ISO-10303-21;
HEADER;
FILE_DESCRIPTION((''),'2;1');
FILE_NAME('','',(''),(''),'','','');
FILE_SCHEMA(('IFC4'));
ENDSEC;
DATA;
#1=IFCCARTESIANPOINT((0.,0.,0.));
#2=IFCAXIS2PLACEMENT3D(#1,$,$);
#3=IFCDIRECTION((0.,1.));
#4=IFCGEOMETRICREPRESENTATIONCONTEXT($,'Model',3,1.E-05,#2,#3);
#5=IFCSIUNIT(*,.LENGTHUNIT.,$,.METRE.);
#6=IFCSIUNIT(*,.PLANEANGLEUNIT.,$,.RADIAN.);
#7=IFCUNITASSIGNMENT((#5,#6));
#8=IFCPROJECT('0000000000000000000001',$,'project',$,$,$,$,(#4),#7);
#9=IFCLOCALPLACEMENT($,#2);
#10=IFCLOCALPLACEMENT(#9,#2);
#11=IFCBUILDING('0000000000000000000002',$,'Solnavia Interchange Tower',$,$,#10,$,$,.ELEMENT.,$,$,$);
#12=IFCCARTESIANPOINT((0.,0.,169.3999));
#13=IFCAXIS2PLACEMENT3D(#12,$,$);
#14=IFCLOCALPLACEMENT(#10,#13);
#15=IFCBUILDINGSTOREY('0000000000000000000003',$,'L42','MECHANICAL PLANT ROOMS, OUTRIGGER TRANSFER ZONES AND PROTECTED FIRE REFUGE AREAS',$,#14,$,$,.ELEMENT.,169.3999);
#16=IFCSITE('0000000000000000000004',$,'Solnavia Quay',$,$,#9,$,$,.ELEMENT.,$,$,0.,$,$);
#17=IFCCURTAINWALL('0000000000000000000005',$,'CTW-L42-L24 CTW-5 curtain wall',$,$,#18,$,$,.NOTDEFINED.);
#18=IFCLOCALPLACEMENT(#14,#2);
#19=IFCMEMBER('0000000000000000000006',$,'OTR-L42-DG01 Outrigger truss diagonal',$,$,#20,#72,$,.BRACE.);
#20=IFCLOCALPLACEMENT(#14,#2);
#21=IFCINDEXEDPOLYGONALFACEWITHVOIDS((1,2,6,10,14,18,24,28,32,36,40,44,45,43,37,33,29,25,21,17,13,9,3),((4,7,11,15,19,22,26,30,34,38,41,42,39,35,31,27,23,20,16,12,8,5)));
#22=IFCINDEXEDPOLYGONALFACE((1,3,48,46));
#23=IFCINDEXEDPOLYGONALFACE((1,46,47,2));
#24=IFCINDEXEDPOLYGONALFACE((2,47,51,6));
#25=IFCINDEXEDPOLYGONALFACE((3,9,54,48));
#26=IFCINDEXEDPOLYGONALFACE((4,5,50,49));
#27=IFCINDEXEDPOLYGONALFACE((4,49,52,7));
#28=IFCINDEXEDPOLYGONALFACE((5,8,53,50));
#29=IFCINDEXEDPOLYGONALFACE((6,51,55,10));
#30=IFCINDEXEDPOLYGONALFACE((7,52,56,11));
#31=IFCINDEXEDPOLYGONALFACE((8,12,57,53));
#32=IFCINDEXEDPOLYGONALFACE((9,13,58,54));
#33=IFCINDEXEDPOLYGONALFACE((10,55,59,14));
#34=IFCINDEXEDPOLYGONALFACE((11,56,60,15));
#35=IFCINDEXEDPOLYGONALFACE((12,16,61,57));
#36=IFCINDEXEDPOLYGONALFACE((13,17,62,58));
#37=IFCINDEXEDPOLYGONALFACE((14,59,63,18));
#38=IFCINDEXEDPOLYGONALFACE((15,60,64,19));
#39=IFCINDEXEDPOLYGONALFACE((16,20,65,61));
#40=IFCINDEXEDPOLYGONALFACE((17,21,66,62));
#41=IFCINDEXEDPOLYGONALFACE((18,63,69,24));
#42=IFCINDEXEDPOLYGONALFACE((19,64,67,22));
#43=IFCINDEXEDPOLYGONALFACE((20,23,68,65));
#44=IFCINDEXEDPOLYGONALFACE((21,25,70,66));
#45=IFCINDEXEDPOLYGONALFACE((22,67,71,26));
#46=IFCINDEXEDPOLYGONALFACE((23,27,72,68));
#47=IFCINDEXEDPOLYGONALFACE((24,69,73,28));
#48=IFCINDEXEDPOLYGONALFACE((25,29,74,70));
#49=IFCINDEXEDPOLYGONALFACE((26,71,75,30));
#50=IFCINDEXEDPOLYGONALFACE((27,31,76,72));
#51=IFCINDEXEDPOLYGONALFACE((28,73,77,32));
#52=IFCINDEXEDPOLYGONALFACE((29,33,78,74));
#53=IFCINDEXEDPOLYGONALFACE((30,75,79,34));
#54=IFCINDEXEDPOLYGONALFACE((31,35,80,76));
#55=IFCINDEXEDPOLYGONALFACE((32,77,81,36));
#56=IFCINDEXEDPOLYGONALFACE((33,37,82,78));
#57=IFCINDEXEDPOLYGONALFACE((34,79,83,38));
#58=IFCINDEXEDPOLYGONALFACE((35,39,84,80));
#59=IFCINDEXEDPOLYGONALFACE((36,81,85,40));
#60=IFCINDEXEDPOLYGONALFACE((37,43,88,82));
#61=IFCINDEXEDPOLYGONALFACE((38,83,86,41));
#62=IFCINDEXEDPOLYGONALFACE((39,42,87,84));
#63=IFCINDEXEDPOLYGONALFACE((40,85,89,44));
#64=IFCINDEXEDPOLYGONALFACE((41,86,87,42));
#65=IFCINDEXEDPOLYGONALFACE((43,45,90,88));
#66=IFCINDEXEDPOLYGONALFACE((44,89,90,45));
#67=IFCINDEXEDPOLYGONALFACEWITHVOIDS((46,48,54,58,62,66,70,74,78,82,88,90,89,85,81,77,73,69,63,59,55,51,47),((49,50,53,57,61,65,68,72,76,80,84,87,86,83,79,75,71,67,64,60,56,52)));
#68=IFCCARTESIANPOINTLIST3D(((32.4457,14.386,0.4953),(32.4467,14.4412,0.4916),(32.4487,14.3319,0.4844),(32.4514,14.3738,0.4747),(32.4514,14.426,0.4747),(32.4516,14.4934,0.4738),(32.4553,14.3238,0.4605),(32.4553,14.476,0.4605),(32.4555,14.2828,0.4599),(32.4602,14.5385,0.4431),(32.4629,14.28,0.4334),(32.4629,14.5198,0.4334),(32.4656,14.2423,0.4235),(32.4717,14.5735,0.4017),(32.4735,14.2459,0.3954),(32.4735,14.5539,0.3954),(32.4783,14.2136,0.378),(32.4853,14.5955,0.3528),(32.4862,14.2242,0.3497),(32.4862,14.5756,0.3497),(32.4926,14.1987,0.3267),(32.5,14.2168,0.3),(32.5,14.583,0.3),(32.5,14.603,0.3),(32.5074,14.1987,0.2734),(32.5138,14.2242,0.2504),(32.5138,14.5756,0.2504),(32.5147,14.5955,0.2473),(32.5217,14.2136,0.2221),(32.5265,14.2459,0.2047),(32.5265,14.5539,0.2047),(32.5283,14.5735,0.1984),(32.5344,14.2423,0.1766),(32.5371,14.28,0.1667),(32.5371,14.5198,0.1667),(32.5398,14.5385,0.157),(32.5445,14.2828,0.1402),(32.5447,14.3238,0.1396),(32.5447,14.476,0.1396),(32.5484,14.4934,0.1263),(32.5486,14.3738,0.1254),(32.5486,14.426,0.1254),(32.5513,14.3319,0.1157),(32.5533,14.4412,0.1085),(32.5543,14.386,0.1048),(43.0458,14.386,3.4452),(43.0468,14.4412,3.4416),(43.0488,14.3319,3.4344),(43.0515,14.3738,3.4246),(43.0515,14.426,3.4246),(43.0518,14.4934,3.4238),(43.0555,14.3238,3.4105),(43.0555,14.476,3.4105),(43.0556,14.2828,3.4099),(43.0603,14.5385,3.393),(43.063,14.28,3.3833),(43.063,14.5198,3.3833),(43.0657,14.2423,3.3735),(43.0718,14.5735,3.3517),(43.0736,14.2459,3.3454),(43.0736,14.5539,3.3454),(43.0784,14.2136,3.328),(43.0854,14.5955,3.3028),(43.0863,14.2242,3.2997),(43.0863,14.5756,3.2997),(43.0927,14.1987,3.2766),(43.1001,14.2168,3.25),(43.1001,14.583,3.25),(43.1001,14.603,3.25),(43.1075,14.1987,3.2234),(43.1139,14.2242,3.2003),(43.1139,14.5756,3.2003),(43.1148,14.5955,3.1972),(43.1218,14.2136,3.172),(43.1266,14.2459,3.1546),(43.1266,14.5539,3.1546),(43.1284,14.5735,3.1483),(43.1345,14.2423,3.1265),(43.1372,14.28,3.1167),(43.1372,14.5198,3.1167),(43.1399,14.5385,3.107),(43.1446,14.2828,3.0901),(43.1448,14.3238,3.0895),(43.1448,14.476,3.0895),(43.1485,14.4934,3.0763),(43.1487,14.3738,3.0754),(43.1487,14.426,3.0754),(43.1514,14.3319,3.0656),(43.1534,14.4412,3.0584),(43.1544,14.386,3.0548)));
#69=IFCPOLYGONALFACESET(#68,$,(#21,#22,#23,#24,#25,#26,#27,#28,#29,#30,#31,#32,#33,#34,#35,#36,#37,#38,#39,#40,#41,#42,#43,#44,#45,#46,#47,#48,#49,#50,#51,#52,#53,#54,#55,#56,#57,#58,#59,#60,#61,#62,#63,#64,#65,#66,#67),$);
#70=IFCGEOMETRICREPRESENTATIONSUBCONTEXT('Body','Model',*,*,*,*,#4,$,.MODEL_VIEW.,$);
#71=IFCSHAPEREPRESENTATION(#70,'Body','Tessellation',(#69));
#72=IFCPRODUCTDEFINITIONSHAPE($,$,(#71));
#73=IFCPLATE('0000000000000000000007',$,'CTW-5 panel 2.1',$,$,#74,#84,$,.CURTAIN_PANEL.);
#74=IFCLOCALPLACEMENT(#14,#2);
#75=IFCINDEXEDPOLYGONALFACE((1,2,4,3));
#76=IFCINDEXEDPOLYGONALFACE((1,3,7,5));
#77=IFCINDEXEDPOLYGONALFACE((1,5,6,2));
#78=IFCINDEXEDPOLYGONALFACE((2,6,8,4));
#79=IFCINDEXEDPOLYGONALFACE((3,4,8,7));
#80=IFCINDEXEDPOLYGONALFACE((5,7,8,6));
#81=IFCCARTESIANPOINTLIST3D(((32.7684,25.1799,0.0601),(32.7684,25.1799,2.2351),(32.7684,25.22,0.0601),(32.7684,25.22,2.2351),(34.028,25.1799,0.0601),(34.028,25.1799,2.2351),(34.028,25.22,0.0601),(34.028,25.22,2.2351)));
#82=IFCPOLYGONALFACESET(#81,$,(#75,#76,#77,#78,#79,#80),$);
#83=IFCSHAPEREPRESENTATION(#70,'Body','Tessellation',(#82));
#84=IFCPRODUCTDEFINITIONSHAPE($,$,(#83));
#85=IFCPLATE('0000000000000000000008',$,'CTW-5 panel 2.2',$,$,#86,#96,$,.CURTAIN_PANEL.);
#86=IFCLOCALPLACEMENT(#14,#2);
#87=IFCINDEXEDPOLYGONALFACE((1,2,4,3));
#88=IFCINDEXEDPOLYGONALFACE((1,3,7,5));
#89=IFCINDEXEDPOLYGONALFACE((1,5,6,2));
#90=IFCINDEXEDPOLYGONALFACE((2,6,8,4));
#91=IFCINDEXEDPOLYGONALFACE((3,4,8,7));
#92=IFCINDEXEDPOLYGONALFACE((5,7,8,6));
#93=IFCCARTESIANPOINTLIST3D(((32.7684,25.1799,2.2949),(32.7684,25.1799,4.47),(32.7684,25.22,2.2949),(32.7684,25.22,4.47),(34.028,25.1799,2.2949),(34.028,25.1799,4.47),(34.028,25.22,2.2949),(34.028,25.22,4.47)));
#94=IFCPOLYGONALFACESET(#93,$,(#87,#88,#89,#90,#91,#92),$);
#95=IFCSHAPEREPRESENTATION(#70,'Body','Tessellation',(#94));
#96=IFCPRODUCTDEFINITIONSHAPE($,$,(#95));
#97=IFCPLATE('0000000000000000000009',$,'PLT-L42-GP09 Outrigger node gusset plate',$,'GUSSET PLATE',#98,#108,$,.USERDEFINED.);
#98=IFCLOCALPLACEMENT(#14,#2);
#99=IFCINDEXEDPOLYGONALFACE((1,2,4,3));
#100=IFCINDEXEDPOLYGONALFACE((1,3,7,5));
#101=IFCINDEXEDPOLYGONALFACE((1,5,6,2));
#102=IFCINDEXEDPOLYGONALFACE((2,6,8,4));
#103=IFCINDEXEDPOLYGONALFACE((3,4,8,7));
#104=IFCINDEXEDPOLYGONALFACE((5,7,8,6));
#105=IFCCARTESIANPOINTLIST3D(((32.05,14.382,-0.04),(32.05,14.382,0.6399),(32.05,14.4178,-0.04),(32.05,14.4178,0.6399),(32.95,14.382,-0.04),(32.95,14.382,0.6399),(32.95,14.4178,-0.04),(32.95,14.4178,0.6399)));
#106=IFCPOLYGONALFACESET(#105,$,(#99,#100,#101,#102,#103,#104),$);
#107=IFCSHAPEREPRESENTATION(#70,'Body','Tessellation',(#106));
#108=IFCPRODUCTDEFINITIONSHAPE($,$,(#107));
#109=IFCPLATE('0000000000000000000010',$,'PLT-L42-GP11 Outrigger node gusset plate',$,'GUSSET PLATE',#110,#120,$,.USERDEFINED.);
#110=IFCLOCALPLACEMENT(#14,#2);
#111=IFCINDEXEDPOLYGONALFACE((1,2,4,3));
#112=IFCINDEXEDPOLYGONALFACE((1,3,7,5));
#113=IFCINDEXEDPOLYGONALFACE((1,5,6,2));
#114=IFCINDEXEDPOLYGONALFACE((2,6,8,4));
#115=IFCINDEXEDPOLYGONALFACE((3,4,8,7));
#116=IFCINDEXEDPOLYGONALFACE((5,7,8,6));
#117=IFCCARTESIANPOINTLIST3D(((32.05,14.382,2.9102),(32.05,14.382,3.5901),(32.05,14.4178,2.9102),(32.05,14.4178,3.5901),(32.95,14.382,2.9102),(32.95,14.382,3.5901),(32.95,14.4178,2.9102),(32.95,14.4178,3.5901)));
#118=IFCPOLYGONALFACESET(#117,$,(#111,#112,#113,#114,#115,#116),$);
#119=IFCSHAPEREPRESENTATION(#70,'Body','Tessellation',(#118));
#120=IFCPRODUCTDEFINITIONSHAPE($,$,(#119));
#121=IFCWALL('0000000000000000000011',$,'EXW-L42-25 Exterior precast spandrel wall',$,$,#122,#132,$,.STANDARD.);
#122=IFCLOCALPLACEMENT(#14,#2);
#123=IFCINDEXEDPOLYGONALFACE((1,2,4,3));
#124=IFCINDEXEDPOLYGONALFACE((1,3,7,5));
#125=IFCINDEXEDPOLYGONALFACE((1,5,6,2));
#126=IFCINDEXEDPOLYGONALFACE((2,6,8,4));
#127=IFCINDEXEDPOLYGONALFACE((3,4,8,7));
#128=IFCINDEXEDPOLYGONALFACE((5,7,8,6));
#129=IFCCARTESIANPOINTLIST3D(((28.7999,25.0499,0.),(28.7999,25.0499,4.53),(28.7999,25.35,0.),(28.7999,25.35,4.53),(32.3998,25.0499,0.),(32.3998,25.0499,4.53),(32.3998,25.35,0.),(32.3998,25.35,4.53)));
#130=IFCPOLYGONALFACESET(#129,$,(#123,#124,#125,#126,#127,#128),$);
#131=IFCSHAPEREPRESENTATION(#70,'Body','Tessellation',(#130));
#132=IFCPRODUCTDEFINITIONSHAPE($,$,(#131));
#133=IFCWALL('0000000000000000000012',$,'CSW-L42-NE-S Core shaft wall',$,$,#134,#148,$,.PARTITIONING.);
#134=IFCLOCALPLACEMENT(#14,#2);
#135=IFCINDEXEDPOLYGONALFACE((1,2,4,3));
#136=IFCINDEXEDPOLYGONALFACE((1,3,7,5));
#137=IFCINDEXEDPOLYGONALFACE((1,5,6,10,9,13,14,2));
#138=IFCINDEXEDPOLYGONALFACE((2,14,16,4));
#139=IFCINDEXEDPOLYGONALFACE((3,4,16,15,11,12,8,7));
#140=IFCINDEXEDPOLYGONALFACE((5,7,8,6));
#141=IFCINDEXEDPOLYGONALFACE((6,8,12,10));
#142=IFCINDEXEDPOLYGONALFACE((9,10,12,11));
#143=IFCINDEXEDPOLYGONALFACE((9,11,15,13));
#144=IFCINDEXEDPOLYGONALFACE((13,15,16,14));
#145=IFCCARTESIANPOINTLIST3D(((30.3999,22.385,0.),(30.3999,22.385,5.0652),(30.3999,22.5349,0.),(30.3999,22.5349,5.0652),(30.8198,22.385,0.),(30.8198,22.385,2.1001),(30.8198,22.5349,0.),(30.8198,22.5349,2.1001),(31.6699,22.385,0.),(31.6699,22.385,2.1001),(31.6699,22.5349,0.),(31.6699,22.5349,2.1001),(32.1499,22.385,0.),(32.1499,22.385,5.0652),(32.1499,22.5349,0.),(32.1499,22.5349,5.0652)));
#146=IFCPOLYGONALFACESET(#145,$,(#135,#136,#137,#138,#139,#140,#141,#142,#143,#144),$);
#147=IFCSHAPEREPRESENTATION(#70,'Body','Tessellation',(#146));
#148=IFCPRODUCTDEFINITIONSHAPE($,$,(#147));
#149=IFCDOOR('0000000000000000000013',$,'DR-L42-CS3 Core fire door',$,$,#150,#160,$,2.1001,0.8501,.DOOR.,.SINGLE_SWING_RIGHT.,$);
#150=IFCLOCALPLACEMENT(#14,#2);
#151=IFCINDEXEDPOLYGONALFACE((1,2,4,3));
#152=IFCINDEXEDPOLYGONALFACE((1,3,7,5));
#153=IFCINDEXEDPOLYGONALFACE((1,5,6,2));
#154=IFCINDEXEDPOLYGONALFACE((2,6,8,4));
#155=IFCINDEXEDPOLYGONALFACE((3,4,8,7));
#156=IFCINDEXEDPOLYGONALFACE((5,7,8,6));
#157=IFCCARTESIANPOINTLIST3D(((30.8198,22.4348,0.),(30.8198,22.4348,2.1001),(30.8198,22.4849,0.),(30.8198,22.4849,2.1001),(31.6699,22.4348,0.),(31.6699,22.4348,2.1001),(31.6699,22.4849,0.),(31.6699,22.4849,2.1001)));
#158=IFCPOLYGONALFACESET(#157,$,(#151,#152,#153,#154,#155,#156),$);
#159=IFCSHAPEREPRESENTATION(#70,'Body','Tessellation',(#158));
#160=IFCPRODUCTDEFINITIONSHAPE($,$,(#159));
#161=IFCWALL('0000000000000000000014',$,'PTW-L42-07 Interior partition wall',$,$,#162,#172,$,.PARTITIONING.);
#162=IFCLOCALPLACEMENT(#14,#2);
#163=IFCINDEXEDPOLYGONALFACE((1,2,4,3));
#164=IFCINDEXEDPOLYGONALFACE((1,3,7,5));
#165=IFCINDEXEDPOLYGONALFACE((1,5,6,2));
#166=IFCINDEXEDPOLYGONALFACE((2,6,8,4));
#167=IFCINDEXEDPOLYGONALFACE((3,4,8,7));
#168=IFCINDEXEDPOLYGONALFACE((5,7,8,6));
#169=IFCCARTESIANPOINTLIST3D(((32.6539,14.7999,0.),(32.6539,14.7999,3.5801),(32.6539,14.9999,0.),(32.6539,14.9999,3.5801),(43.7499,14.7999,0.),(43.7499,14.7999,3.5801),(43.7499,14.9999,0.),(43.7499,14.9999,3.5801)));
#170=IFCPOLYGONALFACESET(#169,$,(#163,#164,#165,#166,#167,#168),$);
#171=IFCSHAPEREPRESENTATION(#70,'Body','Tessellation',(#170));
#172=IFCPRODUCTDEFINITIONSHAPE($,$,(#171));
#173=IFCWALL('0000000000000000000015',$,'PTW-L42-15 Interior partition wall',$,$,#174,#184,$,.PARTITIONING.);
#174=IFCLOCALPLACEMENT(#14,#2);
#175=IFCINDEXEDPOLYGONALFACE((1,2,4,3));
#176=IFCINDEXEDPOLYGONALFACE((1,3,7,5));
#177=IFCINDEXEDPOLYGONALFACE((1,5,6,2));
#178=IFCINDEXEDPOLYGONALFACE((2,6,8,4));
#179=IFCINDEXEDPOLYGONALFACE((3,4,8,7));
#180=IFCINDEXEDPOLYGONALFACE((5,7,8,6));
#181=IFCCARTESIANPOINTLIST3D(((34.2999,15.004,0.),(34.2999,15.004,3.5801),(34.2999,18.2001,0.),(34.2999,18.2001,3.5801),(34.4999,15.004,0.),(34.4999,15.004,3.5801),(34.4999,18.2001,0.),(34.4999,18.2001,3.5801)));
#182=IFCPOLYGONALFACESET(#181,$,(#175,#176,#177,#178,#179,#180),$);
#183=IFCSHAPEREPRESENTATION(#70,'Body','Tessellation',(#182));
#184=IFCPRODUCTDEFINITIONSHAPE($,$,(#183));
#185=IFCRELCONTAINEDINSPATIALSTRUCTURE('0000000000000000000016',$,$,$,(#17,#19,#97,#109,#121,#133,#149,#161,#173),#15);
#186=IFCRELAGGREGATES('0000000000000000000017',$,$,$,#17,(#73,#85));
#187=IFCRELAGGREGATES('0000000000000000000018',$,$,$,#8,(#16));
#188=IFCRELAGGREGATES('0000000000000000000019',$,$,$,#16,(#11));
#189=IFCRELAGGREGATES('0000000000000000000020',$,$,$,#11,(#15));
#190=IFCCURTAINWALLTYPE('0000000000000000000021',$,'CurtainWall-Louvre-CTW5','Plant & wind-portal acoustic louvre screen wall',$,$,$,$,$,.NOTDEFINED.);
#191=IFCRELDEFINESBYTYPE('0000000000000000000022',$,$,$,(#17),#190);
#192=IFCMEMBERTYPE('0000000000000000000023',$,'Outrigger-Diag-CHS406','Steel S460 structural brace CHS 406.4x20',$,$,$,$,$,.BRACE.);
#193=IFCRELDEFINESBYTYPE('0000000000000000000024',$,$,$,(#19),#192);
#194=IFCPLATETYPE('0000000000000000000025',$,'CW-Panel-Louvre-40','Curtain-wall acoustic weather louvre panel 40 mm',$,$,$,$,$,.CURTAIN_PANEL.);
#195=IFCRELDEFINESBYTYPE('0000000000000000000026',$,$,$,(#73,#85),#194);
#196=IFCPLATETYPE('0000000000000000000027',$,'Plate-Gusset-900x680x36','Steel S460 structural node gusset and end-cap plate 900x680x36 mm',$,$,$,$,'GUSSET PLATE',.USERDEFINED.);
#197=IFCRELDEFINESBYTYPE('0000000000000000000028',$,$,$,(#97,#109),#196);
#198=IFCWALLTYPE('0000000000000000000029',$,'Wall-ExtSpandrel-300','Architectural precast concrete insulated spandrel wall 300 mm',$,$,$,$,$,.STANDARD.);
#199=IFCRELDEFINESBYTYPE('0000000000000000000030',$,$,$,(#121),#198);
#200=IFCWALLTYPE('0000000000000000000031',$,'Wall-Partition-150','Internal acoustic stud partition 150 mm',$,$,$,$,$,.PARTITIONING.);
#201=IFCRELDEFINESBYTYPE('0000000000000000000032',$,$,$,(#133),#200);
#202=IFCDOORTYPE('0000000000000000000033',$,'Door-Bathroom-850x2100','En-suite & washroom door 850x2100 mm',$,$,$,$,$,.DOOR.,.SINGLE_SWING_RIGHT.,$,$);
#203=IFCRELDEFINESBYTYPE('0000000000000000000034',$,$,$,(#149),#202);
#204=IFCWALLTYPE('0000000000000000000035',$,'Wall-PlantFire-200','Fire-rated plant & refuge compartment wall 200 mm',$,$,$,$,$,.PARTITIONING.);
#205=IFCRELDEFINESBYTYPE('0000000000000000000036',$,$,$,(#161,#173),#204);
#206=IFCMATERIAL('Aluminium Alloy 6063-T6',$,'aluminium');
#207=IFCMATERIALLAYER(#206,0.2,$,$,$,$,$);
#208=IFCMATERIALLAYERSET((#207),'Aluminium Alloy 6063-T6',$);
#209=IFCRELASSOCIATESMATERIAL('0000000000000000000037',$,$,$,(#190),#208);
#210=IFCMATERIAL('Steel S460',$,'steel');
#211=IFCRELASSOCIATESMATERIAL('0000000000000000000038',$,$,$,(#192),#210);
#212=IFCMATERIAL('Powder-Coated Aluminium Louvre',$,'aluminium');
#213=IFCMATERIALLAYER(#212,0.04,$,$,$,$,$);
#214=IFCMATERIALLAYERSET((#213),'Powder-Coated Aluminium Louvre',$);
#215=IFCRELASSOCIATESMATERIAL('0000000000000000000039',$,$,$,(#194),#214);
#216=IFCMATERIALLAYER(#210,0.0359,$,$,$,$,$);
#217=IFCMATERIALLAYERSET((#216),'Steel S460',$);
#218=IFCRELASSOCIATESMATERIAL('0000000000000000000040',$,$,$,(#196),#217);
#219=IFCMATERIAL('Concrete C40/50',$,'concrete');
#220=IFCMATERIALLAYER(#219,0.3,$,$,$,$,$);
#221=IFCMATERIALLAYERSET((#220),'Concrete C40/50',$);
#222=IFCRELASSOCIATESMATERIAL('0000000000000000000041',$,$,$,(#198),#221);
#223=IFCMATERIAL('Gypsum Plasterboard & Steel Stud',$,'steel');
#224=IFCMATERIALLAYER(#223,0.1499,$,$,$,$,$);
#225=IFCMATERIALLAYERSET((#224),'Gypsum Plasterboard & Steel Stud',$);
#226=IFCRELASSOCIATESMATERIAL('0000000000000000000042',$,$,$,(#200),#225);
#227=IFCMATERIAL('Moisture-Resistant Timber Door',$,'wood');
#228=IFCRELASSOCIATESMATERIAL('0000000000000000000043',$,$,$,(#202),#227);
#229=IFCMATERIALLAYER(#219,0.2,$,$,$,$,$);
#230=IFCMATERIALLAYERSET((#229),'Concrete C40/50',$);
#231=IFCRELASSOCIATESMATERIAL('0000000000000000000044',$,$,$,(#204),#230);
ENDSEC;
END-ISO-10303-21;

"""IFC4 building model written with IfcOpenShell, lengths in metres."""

from ifc_helpers import new_model, si_unit, direction, frame, frame_2d, origin, origin_2d, place, context, subcontext, project, spatial, rectangle, hollow_circle, extrude, material, layer, layer_set, material_profile, profile_set, type_object, element, fill, aggregate, save


model = new_model("IFC4")

# Units and contexts
model_context = context("Model", 3, precision=1e-05, world=origin(), true_north=direction((0.0, 1.0)))
body_context = subcontext(model_context, "Body", "Model", "MODEL_VIEW")
ifc_project = project(units=[si_unit("LENGTHUNIT", "METRE"), si_unit("PLANEANGLEUNIT", "RADIAN")], contexts=[model_context])

# Site, building, storey
site_placement = place(None, origin())
site = spatial("IfcSite", under=ifc_project, at=site_placement, Name="Solnavia Quay", CompositionType="ELEMENT", RefElevation=0.0)
building_placement = place(site_placement, origin())
building = spatial("IfcBuilding", under=site, at=building_placement, Name="Solnavia Interchange Tower", CompositionType="ELEMENT")
storey_placement = place(building_placement, frame((0.0, 0.0, 169.3999)))
storey = spatial("IfcBuildingStorey", under=building, at=storey_placement, Name="L42", Description="MECHANICAL PLANT ROOMS, OUTRIGGER TRANSFER ZONES AND PROTECTED FIRE REFUGE AREAS", CompositionType="ELEMENT", Elevation=169.3999)

# Curtain wall
ifc_material_1 = material(Name="Aluminium Alloy 6063-T6", Category="aluminium")
ifc_layer_1 = layer(ifc_material_1, 0.2)
ifc_layer_set_1 = layer_set([ifc_layer_1], Name="Aluminium Alloy 6063-T6")
curtain_wall_type = type_object("IfcCurtainWallType", Name="CurtainWall-Louvre-CTW5", Description="Plant & wind-portal acoustic louvre screen wall", PredefinedType="NOTDEFINED", material=ifc_layer_set_1)
curtain_wall_placement = place(storey_placement, origin())
curtain_wall = element("IfcCurtainWall", 1, at=curtain_wall_placement, inside=storey, type_object=curtain_wall_type, Name="CTW-L42-L24 CTW-5 curtain wall", PredefinedType="NOTDEFINED")

# Member
ifc_material_2 = material(Name="Steel S460", Category="steel")
ifc_material_profile_1 = material_profile(ifc_material_2, hollow_circle(Radius=0.2031, WallThickness=0.02, at=origin_2d()), Name="CHS 406.4x20")
ifc_profile_set_1 = profile_set([ifc_material_profile_1], Name="Steel S460")
member_type_1 = type_object("IfcMemberType", Name="Outrigger-Diag-CHS406", Description="Steel S460 structural brace CHS 406.4x20", PredefinedType="BRACE", material=ifc_profile_set_1)
member_1_placement = place(storey_placement, frame((32.5, 14.3999, 0.3), z_axis=(0.963389, 0.0, 0.268106), x_axis=(0.0, 1.0, 0.0)))
element("IfcMember", 2, at=member_1_placement, inside=storey, type_object=member_type_1, Name="OTR-L42-DG01 Outrigger truss diagonal", PredefinedType="BRACE", context=body_context, shape_type="SweptSolid", body=[
    extrude(hollow_circle(Radius=0.2031, WallThickness=0.02, at=origin_2d()), origin(), (0.0, 0.0, 1.0), 11.0029),
])

# Plates
ifc_material_3 = material(Name="Powder-Coated Aluminium Louvre", Category="aluminium")
ifc_layer_2 = layer(ifc_material_3, 0.04)
ifc_layer_set_2 = layer_set([ifc_layer_2], Name="Powder-Coated Aluminium Louvre")
plate_type_1 = type_object("IfcPlateType", Name="CW-Panel-Louvre-40", Description="Curtain-wall acoustic weather louvre panel 40 mm", PredefinedType="CURTAIN_PANEL", material=ifc_layer_set_2)
plate_1_placement = place(storey_placement, frame((33.3982, 25.2, 0.0601), z_axis=(0.0, 0.0, 1.0), x_axis=(-1.0, 0.0, 0.0)))
plate_1 = element("IfcPlate", 3, at=plate_1_placement, type_object=plate_type_1, Name="CTW-5 panel 2.1", PredefinedType="CURTAIN_PANEL", context=body_context, shape_type="SweptSolid", body=[
    extrude(rectangle(XDim=1.2595, YDim=0.04, at=origin_2d()), origin(), (0.0, 0.0, 1.0), 2.175),
])
plate_2_placement = place(storey_placement, frame((33.3982, 25.2, 2.2949), z_axis=(0.0, 0.0, 1.0), x_axis=(-1.0, 0.0, 0.0)))
plate_2 = element("IfcPlate", 4, at=plate_2_placement, type_object=plate_type_1, Name="CTW-5 panel 2.2", PredefinedType="CURTAIN_PANEL", context=body_context, shape_type="SweptSolid", body=[
    extrude(rectangle(XDim=1.2595, YDim=0.04, at=origin_2d()), origin(), (0.0, 0.0, 1.0), 2.175),
])
aggregate(curtain_wall, [plate_1, plate_2])

# Plates
ifc_layer_3 = layer(ifc_material_2, 0.0359)
ifc_layer_set_3 = layer_set([ifc_layer_3], Name="Steel S460")
plate_type_2 = type_object("IfcPlateType", Name="Plate-Gusset-900x680x36", Description="Steel S460 structural node gusset and end-cap plate 900x680x36 mm", ElementType="GUSSET PLATE", PredefinedType="USERDEFINED", material=ifc_layer_set_3)
for number, where, z_axis, x_axis, name in (
    (5, (32.5, 14.3999, -0.04), (0.0, 0.0, 1.0), (1.0, 0.0, 0.0), "PLT-L42-GP09 Outrigger node gusset plate"),
    (6, (32.5, 14.3999, 2.9102), (0.0, 0.0, 1.0), (1.0, 0.0, 0.0), "PLT-L42-GP11 Outrigger node gusset plate"),
):
    element("IfcPlate", number, at=place(storey_placement, frame(where, z_axis=z_axis, x_axis=x_axis)), inside=storey, type_object=plate_type_2, Name=name, ObjectType="GUSSET PLATE", PredefinedType="USERDEFINED", context=body_context, shape_type="SweptSolid", body=[
        extrude(rectangle(XDim=0.8999, YDim=0.0359, at=origin_2d()), origin(), (0.0, 0.0, 1.0), 0.6799),
    ])

# Wall
ifc_material_4 = material(Name="Concrete C40/50", Category="concrete")
ifc_layer_4 = layer(ifc_material_4, 0.3)
ifc_layer_set_4 = layer_set([ifc_layer_4], Name="Concrete C40/50")
wall_type_1 = type_object("IfcWallType", Name="Wall-ExtSpandrel-300", Description="Architectural precast concrete insulated spandrel wall 300 mm", PredefinedType="STANDARD", material=ifc_layer_set_4)
wall_1_placement = place(storey_placement, frame((28.8, 25.2, 0.0), z_axis=(0.0, 0.0, 1.0), x_axis=(1.0, 0.0, 0.0)))
element("IfcWall", 7, at=wall_1_placement, inside=storey, type_object=wall_type_1, Name="EXW-L42-25 Exterior precast spandrel wall", PredefinedType="STANDARD", context=body_context, shape_type="SweptSolid", body=[
    extrude(rectangle(XDim=3.5999, YDim=0.3, at=frame_2d((1.7998, 0.0))), origin(), (0.0, 0.0, 1.0), 4.53),
])

# Wall, opening, door
ifc_material_5 = material(Name="Gypsum Plasterboard & Steel Stud", Category="steel")
ifc_layer_5 = layer(ifc_material_5, 0.1499)
ifc_layer_set_5 = layer_set([ifc_layer_5], Name="Gypsum Plasterboard & Steel Stud")
wall_type_2 = type_object("IfcWallType", Name="Wall-Partition-150", Description="Internal acoustic stud partition 150 mm", PredefinedType="PARTITIONING", material=ifc_layer_set_5)
wall_2_placement = place(storey_placement, frame((30.3999, 22.46, 0.0), z_axis=(0.0, 0.0, 1.0), x_axis=(1.0, 0.0, 0.0)))
wall_2 = element("IfcWall", 8, at=wall_2_placement, inside=storey, type_object=wall_type_2, Name="CSW-L42-NE-S Core shaft wall", PredefinedType="PARTITIONING", context=body_context, shape_type="SweptSolid", body=[
    extrude(rectangle(XDim=1.75, YDim=0.1499, at=frame_2d((0.875, 0.0))), origin(), (0.0, 0.0, 1.0), 5.0652),
])
opening_1_placement = place(wall_2_placement, frame((0.4199, 0.0, 0.0)))
opening_1 = element("IfcOpeningElement", 9, at=opening_1_placement, cuts=wall_2, PredefinedType="OPENING", context=body_context, shape_type="SweptSolid", body=[
    extrude(rectangle(XDim=0.8501, YDim=2.1001, at=frame_2d((0.425, 1.05))), frame((0.0, 0.085, 0.0), z_axis=(0.0, -1.0, 0.0), x_axis=(1.0, 0.0, 0.0)), (0.0, 0.0, 1.0), 0.1699),
])
ifc_material_6 = material(Name="Moisture-Resistant Timber Door", Category="wood")
door_type_1 = type_object("IfcDoorType", Name="Door-Bathroom-850x2100", Description="En-suite & washroom door 850x2100 mm", OperationType="SINGLE_SWING_RIGHT", PredefinedType="DOOR", material=ifc_material_6)
door_1_placement = place(opening_1_placement, origin())
door_1 = element("IfcDoor", 10, at=door_1_placement, inside=storey, type_object=door_type_1, Name="DR-L42-CS3 Core fire door", OperationType="SINGLE_SWING_RIGHT", OverallHeight=2.1001, OverallWidth=0.8501, PredefinedType="DOOR", context=body_context, shape_type="SweptSolid", body=[
    extrude(rectangle(XDim=0.8501, YDim=2.1001, at=frame_2d((0.425, 1.05))), frame((0.0, 0.0249, 0.0), z_axis=(0.0, -1.0, 0.0), x_axis=(1.0, 0.0, 0.0)), (0.0, 0.0, 1.0), 0.05),
])
fill(opening_1, door_1)

# Walls
ifc_layer_6 = layer(ifc_material_4, 0.2)
ifc_layer_set_6 = layer_set([ifc_layer_6], Name="Concrete C40/50")
wall_type_3 = type_object("IfcWallType", Name="Wall-PlantFire-200", Description="Fire-rated plant & refuge compartment wall 200 mm", PredefinedType="PARTITIONING", material=ifc_layer_set_6)
wall_3_placement = place(storey_placement, frame((32.6541, 14.8999, 0.0), z_axis=(0.0, 0.0, 1.0), x_axis=(1.0, 0.0, 0.0)))
element("IfcWall", 11, at=wall_3_placement, inside=storey, type_object=wall_type_3, Name="PTW-L42-07 Interior partition wall", PredefinedType="PARTITIONING", context=body_context, shape_type="SweptSolid", body=[
    extrude(rectangle(XDim=11.0959, YDim=0.2, at=frame_2d((5.5479, 0.0))), origin(), (0.0, 0.0, 1.0), 3.5801),
])
wall_4_placement = place(storey_placement, frame((34.3999, 15.0039, 0.0), z_axis=(0.0, 0.0, 1.0), x_axis=(0.0, 1.0, 0.0)))
element("IfcWall", 12, at=wall_4_placement, inside=storey, type_object=wall_type_3, Name="PTW-L42-15 Interior partition wall", PredefinedType="PARTITIONING", context=body_context, shape_type="SweptSolid", body=[
    extrude(rectangle(XDim=3.196, YDim=0.2, at=frame_2d((1.5981, 0.0))), origin(), (0.0, 0.0, 1.0), 3.5801),
])

save(model, "model.ifc")
